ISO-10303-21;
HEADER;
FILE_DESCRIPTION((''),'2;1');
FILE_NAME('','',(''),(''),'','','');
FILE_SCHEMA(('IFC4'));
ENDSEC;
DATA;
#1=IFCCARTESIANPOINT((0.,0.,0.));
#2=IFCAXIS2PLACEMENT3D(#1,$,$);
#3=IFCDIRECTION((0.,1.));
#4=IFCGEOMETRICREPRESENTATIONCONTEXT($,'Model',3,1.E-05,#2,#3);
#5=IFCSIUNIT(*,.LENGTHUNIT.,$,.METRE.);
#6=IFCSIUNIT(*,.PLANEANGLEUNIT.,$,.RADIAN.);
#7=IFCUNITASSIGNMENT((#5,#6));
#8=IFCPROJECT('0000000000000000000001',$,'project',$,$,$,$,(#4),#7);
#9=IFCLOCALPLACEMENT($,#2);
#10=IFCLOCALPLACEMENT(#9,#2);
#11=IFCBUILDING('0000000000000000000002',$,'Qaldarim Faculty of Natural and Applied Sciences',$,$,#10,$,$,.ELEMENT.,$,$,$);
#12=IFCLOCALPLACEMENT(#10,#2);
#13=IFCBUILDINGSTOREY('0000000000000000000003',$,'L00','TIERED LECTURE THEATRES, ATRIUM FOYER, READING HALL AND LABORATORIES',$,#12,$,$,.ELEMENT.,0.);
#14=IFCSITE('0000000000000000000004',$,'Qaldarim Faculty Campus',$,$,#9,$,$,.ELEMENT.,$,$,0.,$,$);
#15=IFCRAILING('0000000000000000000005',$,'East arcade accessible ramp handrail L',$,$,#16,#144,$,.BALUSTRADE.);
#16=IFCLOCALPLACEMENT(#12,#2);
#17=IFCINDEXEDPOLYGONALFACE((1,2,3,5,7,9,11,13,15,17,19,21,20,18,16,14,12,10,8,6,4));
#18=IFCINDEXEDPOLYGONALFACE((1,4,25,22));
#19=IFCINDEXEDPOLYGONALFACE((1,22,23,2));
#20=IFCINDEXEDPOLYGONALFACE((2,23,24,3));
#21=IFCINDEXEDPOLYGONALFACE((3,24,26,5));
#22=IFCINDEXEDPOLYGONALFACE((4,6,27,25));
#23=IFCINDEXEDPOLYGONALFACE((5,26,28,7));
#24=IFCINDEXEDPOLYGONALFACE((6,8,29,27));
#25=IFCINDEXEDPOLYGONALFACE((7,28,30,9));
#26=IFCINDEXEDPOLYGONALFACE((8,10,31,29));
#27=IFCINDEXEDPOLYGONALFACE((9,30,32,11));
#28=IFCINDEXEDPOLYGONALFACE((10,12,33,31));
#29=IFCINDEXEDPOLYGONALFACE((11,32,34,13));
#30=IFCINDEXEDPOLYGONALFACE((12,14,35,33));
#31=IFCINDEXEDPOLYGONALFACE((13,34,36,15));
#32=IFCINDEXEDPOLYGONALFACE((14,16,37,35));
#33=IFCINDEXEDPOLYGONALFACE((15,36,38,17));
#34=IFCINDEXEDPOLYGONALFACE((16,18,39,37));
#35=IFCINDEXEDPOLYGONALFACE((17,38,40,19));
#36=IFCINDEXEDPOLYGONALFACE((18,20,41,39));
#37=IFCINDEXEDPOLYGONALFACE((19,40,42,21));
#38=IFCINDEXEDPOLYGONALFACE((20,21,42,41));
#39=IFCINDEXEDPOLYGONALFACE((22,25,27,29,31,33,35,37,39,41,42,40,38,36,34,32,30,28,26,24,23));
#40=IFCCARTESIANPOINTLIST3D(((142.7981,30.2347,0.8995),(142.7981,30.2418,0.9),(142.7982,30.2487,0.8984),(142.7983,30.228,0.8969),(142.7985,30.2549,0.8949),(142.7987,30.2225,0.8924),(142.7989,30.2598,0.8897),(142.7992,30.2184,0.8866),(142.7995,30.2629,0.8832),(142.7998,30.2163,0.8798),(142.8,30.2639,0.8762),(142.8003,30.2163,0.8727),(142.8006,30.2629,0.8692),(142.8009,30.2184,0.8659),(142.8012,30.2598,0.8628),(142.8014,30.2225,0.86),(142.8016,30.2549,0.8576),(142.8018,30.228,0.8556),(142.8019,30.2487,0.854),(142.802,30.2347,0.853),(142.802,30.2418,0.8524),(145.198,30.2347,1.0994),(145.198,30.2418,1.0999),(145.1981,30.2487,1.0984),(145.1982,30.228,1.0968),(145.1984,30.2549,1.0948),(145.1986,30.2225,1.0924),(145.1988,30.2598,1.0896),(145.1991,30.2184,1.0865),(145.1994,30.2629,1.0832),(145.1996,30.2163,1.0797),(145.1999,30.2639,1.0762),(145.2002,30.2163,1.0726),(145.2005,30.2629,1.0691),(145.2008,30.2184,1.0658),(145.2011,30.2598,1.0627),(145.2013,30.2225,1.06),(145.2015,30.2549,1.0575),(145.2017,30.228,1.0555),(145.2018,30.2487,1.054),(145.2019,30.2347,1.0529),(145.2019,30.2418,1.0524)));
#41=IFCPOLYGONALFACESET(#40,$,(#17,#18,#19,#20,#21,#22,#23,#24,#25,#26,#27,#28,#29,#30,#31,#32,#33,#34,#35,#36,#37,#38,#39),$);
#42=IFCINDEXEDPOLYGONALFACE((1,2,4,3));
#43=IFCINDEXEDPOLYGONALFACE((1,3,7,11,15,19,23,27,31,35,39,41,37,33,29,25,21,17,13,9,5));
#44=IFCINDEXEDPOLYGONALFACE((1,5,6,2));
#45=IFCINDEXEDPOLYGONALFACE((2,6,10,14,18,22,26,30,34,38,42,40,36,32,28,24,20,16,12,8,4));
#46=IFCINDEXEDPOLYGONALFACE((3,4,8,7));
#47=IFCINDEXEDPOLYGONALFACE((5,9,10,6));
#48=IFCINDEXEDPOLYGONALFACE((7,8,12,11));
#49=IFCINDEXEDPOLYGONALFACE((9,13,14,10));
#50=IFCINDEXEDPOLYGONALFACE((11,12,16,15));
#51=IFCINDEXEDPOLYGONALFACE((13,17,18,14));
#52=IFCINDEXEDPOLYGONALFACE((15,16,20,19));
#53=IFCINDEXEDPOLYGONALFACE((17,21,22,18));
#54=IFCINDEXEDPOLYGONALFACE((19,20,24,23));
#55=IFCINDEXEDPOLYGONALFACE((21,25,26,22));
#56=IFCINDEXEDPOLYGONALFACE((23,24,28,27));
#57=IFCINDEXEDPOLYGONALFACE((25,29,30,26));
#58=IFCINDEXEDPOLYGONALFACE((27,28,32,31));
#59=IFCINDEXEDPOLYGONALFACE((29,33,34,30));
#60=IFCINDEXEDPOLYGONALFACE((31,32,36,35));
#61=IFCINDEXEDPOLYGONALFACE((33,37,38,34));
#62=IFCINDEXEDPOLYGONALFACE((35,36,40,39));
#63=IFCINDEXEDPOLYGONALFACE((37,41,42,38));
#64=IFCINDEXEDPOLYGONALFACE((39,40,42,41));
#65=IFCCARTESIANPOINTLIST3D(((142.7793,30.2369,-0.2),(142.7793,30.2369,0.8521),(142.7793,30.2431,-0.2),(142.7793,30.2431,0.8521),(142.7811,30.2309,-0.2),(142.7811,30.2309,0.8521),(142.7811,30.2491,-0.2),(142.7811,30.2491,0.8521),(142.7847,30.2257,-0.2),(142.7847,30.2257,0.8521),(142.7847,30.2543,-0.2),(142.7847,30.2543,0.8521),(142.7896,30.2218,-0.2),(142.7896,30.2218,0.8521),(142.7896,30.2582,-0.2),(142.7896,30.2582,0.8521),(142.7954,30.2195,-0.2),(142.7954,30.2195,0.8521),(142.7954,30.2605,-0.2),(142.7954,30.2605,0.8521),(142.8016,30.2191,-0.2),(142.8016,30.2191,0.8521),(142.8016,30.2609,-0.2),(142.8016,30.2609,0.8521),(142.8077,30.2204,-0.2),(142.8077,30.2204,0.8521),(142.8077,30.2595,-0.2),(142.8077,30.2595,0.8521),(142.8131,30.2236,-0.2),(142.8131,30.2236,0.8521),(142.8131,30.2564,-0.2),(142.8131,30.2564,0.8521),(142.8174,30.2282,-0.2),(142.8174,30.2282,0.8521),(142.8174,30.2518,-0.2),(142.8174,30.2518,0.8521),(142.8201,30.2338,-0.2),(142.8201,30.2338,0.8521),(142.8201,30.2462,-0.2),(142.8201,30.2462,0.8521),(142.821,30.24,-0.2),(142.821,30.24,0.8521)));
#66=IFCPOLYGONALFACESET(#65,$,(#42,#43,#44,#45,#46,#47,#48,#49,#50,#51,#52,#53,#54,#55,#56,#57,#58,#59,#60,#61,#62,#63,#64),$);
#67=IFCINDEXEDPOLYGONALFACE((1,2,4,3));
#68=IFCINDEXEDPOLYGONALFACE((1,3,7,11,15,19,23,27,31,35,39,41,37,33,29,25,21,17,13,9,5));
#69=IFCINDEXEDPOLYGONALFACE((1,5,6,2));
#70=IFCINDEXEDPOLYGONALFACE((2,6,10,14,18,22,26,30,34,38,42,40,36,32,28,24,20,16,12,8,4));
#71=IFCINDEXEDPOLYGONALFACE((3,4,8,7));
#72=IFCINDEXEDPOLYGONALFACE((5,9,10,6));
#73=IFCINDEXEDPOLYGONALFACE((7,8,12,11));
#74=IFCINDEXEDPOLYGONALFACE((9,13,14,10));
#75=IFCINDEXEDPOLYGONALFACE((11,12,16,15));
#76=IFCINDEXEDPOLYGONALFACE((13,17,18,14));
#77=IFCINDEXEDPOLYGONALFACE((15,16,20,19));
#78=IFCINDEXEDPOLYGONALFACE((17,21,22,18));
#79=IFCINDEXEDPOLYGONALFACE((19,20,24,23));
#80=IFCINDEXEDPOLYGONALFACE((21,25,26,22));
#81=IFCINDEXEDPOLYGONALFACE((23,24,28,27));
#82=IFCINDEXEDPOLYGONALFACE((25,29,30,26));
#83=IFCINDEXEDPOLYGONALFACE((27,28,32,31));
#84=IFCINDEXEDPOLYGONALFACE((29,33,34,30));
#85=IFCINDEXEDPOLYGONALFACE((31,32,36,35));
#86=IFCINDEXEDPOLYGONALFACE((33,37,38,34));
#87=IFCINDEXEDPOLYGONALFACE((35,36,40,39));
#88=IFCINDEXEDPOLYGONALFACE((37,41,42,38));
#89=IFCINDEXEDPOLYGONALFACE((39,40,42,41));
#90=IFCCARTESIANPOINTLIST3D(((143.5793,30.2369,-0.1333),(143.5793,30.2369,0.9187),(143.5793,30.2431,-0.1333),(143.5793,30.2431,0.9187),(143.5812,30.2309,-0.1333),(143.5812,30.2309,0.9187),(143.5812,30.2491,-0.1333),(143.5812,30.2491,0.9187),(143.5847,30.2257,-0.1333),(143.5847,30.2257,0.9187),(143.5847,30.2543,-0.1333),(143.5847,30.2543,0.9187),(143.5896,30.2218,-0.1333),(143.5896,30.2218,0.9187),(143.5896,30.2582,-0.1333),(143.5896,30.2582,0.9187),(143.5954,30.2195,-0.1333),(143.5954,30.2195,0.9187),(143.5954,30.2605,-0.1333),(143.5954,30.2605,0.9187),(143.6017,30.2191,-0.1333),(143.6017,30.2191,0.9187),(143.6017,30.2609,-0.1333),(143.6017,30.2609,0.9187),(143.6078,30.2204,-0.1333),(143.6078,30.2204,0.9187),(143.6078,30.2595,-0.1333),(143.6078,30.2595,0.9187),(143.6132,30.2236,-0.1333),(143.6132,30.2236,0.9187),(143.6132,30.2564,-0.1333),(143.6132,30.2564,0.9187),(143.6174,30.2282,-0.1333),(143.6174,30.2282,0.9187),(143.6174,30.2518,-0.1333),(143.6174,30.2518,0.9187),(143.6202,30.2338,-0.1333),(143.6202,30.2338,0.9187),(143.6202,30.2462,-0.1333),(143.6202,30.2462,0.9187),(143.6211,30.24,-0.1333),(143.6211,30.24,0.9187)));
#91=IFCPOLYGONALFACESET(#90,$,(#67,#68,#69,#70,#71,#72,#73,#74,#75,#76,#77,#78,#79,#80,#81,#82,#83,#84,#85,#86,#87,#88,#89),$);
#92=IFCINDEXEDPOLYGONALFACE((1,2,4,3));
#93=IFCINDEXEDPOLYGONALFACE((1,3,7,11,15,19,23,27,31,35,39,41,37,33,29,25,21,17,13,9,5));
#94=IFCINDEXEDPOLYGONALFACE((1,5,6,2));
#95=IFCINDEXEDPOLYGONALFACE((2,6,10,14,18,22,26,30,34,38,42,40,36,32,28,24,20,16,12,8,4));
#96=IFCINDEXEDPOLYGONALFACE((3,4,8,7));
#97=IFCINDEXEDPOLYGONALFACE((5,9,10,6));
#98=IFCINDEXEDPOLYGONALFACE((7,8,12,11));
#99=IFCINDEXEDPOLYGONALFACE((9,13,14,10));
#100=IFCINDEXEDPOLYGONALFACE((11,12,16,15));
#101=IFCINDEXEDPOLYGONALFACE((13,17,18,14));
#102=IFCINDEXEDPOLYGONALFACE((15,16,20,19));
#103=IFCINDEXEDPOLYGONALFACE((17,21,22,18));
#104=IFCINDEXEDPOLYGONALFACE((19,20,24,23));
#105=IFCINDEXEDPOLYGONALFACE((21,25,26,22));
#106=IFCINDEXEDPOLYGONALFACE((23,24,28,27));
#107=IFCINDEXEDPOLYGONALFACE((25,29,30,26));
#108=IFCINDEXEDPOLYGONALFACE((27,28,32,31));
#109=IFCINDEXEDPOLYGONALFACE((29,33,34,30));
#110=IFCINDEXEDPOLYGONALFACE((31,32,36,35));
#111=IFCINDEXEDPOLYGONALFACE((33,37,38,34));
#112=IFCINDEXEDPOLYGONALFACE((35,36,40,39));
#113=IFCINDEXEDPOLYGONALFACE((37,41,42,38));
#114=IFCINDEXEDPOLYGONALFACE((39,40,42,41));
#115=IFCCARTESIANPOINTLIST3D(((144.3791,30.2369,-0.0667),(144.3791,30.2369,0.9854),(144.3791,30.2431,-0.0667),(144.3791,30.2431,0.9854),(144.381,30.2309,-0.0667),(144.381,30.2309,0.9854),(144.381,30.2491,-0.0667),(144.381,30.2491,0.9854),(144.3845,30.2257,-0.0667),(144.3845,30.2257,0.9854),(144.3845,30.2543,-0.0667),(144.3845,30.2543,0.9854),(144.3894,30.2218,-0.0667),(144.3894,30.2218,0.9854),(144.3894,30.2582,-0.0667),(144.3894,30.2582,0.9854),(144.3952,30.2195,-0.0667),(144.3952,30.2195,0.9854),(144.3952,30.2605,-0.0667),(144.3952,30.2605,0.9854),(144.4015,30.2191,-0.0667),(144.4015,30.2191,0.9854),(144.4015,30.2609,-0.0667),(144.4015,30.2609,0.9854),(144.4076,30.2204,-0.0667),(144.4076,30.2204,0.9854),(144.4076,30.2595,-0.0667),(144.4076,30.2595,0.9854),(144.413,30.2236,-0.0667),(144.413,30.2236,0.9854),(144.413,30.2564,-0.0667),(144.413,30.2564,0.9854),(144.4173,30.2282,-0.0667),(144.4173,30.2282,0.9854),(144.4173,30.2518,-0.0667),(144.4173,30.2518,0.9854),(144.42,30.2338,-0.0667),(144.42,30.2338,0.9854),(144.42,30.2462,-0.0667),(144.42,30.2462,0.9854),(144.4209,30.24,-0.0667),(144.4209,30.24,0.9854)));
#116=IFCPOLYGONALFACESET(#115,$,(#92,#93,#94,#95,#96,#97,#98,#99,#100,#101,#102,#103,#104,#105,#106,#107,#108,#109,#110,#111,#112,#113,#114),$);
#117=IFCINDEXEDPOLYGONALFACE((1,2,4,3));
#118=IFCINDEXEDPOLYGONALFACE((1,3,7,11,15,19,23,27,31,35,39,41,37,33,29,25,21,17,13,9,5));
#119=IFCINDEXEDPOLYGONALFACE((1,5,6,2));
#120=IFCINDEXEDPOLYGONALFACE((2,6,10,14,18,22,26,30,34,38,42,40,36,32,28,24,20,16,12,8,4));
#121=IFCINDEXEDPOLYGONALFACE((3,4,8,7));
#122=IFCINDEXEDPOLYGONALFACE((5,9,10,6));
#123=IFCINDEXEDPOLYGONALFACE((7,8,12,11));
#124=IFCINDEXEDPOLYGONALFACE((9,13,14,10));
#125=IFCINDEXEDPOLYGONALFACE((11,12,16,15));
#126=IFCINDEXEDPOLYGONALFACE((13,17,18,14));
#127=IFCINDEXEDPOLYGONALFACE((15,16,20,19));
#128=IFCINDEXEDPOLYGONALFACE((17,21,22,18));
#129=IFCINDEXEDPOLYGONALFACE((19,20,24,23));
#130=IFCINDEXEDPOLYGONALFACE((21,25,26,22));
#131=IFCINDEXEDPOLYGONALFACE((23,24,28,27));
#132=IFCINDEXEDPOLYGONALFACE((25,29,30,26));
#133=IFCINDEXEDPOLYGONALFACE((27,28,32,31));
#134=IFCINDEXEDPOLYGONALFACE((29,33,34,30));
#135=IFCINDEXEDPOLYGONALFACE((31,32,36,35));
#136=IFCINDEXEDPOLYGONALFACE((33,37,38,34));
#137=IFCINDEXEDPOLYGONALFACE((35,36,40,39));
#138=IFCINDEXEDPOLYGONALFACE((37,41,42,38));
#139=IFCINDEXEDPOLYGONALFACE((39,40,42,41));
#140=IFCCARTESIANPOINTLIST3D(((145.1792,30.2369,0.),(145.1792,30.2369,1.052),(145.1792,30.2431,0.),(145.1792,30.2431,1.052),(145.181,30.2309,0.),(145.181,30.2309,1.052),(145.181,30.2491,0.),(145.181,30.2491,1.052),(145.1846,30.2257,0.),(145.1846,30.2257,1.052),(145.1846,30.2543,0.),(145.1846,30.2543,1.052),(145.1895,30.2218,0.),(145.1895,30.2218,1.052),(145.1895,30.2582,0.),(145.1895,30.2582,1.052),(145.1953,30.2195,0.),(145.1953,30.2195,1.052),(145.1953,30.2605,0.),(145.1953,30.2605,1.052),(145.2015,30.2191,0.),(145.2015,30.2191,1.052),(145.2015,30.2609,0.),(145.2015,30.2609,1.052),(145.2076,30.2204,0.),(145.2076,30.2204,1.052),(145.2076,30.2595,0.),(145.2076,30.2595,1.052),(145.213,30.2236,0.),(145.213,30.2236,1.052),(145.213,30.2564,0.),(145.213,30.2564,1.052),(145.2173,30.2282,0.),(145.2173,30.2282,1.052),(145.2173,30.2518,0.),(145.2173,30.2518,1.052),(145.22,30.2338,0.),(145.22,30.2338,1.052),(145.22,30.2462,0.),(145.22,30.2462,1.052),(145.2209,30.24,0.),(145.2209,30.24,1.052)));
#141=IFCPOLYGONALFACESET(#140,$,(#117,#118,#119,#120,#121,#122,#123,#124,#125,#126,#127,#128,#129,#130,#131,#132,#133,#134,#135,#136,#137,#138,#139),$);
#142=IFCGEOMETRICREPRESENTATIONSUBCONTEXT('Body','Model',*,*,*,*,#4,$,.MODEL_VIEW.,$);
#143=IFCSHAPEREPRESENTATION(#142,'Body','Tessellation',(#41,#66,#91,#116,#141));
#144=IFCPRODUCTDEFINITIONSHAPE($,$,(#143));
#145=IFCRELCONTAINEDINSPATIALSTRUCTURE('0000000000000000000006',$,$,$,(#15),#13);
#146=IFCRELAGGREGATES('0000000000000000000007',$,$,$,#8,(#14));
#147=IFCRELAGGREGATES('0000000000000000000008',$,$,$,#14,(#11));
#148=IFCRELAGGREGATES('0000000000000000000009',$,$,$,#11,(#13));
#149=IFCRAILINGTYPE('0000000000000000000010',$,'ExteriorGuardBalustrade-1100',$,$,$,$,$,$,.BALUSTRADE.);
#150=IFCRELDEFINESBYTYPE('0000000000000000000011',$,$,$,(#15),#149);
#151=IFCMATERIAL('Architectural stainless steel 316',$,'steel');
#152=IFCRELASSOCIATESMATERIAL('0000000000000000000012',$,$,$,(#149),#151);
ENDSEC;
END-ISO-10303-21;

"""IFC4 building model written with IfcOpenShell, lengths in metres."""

from ifc_helpers import new_model, si_unit, direction, frame, origin, origin_2d, place, context, subcontext, project, spatial, circle, extrude, material, type_object, element, save


model = new_model("IFC4")

# Units and contexts
model_context = context("Model", 3, precision=1e-05, world=origin(), true_north=direction((0.0, 1.0)))
body_context = subcontext(model_context, "Body", "Model", "MODEL_VIEW")
ifc_project = project(units=[si_unit("LENGTHUNIT", "METRE"), si_unit("PLANEANGLEUNIT", "RADIAN")], contexts=[model_context])

# Site, building, storey
site_placement = place(None, origin())
site = spatial("IfcSite", under=ifc_project, at=site_placement, Name="Qaldarim Faculty Campus", CompositionType="ELEMENT", RefElevation=0.0)
building_placement = place(site_placement, origin())
building = spatial("IfcBuilding", under=site, at=building_placement, Name="Qaldarim Faculty of Natural and Applied Sciences", CompositionType="ELEMENT")
storey_placement = place(building_placement, origin())
storey = spatial("IfcBuildingStorey", under=building, at=storey_placement, Name="L00", Description="TIERED LECTURE THEATRES, ATRIUM FOYER, READING HALL AND LABORATORIES", CompositionType="ELEMENT", Elevation=0.0)

# Railing
ifc_material_1 = material(Name="Architectural stainless steel 316", Category="steel")
railing_type = type_object("IfcRailingType", Name="ExteriorGuardBalustrade-1100", PredefinedType="BALUSTRADE", material=ifc_material_1)
for number, where, name in (
    (1, (142.8, 30.24, -0.2), "East arcade accessible ramp handrail L"),
):
    element("IfcRailing", number, at=place(storey_placement, frame(where)), inside=storey, type_object=railing_type, Name=name, PredefinedType="BALUSTRADE", context=body_context, shape_type="SweptSolid", body=[
        extrude(circle(Radius=0.0239, at=origin_2d()), frame((0.0, 0.0, 1.0762), z_axis=(0.996547, 0.0, 0.083029), x_axis=(0.0, 1.0, 0.0)), (0.0, 0.0, 1.0), 2.4082),
        extrude(circle(Radius=0.021, at=origin_2d()), origin(), (0.0, 0.0, 1.0), 1.052),
        extrude(circle(Radius=0.021, at=origin_2d()), frame((0.8, 0.0, 0.0667)), (0.0, 0.0, 1.0), 1.052),
        extrude(circle(Radius=0.021, at=origin_2d()), frame((1.5999, 0.0, 0.1333)), (0.0, 0.0, 1.0), 1.052),
        extrude(circle(Radius=0.021, at=origin_2d()), frame((2.3999, 0.0, 0.2)), (0.0, 0.0, 1.0), 1.052),
    ])

save(model, "model.ifc")
